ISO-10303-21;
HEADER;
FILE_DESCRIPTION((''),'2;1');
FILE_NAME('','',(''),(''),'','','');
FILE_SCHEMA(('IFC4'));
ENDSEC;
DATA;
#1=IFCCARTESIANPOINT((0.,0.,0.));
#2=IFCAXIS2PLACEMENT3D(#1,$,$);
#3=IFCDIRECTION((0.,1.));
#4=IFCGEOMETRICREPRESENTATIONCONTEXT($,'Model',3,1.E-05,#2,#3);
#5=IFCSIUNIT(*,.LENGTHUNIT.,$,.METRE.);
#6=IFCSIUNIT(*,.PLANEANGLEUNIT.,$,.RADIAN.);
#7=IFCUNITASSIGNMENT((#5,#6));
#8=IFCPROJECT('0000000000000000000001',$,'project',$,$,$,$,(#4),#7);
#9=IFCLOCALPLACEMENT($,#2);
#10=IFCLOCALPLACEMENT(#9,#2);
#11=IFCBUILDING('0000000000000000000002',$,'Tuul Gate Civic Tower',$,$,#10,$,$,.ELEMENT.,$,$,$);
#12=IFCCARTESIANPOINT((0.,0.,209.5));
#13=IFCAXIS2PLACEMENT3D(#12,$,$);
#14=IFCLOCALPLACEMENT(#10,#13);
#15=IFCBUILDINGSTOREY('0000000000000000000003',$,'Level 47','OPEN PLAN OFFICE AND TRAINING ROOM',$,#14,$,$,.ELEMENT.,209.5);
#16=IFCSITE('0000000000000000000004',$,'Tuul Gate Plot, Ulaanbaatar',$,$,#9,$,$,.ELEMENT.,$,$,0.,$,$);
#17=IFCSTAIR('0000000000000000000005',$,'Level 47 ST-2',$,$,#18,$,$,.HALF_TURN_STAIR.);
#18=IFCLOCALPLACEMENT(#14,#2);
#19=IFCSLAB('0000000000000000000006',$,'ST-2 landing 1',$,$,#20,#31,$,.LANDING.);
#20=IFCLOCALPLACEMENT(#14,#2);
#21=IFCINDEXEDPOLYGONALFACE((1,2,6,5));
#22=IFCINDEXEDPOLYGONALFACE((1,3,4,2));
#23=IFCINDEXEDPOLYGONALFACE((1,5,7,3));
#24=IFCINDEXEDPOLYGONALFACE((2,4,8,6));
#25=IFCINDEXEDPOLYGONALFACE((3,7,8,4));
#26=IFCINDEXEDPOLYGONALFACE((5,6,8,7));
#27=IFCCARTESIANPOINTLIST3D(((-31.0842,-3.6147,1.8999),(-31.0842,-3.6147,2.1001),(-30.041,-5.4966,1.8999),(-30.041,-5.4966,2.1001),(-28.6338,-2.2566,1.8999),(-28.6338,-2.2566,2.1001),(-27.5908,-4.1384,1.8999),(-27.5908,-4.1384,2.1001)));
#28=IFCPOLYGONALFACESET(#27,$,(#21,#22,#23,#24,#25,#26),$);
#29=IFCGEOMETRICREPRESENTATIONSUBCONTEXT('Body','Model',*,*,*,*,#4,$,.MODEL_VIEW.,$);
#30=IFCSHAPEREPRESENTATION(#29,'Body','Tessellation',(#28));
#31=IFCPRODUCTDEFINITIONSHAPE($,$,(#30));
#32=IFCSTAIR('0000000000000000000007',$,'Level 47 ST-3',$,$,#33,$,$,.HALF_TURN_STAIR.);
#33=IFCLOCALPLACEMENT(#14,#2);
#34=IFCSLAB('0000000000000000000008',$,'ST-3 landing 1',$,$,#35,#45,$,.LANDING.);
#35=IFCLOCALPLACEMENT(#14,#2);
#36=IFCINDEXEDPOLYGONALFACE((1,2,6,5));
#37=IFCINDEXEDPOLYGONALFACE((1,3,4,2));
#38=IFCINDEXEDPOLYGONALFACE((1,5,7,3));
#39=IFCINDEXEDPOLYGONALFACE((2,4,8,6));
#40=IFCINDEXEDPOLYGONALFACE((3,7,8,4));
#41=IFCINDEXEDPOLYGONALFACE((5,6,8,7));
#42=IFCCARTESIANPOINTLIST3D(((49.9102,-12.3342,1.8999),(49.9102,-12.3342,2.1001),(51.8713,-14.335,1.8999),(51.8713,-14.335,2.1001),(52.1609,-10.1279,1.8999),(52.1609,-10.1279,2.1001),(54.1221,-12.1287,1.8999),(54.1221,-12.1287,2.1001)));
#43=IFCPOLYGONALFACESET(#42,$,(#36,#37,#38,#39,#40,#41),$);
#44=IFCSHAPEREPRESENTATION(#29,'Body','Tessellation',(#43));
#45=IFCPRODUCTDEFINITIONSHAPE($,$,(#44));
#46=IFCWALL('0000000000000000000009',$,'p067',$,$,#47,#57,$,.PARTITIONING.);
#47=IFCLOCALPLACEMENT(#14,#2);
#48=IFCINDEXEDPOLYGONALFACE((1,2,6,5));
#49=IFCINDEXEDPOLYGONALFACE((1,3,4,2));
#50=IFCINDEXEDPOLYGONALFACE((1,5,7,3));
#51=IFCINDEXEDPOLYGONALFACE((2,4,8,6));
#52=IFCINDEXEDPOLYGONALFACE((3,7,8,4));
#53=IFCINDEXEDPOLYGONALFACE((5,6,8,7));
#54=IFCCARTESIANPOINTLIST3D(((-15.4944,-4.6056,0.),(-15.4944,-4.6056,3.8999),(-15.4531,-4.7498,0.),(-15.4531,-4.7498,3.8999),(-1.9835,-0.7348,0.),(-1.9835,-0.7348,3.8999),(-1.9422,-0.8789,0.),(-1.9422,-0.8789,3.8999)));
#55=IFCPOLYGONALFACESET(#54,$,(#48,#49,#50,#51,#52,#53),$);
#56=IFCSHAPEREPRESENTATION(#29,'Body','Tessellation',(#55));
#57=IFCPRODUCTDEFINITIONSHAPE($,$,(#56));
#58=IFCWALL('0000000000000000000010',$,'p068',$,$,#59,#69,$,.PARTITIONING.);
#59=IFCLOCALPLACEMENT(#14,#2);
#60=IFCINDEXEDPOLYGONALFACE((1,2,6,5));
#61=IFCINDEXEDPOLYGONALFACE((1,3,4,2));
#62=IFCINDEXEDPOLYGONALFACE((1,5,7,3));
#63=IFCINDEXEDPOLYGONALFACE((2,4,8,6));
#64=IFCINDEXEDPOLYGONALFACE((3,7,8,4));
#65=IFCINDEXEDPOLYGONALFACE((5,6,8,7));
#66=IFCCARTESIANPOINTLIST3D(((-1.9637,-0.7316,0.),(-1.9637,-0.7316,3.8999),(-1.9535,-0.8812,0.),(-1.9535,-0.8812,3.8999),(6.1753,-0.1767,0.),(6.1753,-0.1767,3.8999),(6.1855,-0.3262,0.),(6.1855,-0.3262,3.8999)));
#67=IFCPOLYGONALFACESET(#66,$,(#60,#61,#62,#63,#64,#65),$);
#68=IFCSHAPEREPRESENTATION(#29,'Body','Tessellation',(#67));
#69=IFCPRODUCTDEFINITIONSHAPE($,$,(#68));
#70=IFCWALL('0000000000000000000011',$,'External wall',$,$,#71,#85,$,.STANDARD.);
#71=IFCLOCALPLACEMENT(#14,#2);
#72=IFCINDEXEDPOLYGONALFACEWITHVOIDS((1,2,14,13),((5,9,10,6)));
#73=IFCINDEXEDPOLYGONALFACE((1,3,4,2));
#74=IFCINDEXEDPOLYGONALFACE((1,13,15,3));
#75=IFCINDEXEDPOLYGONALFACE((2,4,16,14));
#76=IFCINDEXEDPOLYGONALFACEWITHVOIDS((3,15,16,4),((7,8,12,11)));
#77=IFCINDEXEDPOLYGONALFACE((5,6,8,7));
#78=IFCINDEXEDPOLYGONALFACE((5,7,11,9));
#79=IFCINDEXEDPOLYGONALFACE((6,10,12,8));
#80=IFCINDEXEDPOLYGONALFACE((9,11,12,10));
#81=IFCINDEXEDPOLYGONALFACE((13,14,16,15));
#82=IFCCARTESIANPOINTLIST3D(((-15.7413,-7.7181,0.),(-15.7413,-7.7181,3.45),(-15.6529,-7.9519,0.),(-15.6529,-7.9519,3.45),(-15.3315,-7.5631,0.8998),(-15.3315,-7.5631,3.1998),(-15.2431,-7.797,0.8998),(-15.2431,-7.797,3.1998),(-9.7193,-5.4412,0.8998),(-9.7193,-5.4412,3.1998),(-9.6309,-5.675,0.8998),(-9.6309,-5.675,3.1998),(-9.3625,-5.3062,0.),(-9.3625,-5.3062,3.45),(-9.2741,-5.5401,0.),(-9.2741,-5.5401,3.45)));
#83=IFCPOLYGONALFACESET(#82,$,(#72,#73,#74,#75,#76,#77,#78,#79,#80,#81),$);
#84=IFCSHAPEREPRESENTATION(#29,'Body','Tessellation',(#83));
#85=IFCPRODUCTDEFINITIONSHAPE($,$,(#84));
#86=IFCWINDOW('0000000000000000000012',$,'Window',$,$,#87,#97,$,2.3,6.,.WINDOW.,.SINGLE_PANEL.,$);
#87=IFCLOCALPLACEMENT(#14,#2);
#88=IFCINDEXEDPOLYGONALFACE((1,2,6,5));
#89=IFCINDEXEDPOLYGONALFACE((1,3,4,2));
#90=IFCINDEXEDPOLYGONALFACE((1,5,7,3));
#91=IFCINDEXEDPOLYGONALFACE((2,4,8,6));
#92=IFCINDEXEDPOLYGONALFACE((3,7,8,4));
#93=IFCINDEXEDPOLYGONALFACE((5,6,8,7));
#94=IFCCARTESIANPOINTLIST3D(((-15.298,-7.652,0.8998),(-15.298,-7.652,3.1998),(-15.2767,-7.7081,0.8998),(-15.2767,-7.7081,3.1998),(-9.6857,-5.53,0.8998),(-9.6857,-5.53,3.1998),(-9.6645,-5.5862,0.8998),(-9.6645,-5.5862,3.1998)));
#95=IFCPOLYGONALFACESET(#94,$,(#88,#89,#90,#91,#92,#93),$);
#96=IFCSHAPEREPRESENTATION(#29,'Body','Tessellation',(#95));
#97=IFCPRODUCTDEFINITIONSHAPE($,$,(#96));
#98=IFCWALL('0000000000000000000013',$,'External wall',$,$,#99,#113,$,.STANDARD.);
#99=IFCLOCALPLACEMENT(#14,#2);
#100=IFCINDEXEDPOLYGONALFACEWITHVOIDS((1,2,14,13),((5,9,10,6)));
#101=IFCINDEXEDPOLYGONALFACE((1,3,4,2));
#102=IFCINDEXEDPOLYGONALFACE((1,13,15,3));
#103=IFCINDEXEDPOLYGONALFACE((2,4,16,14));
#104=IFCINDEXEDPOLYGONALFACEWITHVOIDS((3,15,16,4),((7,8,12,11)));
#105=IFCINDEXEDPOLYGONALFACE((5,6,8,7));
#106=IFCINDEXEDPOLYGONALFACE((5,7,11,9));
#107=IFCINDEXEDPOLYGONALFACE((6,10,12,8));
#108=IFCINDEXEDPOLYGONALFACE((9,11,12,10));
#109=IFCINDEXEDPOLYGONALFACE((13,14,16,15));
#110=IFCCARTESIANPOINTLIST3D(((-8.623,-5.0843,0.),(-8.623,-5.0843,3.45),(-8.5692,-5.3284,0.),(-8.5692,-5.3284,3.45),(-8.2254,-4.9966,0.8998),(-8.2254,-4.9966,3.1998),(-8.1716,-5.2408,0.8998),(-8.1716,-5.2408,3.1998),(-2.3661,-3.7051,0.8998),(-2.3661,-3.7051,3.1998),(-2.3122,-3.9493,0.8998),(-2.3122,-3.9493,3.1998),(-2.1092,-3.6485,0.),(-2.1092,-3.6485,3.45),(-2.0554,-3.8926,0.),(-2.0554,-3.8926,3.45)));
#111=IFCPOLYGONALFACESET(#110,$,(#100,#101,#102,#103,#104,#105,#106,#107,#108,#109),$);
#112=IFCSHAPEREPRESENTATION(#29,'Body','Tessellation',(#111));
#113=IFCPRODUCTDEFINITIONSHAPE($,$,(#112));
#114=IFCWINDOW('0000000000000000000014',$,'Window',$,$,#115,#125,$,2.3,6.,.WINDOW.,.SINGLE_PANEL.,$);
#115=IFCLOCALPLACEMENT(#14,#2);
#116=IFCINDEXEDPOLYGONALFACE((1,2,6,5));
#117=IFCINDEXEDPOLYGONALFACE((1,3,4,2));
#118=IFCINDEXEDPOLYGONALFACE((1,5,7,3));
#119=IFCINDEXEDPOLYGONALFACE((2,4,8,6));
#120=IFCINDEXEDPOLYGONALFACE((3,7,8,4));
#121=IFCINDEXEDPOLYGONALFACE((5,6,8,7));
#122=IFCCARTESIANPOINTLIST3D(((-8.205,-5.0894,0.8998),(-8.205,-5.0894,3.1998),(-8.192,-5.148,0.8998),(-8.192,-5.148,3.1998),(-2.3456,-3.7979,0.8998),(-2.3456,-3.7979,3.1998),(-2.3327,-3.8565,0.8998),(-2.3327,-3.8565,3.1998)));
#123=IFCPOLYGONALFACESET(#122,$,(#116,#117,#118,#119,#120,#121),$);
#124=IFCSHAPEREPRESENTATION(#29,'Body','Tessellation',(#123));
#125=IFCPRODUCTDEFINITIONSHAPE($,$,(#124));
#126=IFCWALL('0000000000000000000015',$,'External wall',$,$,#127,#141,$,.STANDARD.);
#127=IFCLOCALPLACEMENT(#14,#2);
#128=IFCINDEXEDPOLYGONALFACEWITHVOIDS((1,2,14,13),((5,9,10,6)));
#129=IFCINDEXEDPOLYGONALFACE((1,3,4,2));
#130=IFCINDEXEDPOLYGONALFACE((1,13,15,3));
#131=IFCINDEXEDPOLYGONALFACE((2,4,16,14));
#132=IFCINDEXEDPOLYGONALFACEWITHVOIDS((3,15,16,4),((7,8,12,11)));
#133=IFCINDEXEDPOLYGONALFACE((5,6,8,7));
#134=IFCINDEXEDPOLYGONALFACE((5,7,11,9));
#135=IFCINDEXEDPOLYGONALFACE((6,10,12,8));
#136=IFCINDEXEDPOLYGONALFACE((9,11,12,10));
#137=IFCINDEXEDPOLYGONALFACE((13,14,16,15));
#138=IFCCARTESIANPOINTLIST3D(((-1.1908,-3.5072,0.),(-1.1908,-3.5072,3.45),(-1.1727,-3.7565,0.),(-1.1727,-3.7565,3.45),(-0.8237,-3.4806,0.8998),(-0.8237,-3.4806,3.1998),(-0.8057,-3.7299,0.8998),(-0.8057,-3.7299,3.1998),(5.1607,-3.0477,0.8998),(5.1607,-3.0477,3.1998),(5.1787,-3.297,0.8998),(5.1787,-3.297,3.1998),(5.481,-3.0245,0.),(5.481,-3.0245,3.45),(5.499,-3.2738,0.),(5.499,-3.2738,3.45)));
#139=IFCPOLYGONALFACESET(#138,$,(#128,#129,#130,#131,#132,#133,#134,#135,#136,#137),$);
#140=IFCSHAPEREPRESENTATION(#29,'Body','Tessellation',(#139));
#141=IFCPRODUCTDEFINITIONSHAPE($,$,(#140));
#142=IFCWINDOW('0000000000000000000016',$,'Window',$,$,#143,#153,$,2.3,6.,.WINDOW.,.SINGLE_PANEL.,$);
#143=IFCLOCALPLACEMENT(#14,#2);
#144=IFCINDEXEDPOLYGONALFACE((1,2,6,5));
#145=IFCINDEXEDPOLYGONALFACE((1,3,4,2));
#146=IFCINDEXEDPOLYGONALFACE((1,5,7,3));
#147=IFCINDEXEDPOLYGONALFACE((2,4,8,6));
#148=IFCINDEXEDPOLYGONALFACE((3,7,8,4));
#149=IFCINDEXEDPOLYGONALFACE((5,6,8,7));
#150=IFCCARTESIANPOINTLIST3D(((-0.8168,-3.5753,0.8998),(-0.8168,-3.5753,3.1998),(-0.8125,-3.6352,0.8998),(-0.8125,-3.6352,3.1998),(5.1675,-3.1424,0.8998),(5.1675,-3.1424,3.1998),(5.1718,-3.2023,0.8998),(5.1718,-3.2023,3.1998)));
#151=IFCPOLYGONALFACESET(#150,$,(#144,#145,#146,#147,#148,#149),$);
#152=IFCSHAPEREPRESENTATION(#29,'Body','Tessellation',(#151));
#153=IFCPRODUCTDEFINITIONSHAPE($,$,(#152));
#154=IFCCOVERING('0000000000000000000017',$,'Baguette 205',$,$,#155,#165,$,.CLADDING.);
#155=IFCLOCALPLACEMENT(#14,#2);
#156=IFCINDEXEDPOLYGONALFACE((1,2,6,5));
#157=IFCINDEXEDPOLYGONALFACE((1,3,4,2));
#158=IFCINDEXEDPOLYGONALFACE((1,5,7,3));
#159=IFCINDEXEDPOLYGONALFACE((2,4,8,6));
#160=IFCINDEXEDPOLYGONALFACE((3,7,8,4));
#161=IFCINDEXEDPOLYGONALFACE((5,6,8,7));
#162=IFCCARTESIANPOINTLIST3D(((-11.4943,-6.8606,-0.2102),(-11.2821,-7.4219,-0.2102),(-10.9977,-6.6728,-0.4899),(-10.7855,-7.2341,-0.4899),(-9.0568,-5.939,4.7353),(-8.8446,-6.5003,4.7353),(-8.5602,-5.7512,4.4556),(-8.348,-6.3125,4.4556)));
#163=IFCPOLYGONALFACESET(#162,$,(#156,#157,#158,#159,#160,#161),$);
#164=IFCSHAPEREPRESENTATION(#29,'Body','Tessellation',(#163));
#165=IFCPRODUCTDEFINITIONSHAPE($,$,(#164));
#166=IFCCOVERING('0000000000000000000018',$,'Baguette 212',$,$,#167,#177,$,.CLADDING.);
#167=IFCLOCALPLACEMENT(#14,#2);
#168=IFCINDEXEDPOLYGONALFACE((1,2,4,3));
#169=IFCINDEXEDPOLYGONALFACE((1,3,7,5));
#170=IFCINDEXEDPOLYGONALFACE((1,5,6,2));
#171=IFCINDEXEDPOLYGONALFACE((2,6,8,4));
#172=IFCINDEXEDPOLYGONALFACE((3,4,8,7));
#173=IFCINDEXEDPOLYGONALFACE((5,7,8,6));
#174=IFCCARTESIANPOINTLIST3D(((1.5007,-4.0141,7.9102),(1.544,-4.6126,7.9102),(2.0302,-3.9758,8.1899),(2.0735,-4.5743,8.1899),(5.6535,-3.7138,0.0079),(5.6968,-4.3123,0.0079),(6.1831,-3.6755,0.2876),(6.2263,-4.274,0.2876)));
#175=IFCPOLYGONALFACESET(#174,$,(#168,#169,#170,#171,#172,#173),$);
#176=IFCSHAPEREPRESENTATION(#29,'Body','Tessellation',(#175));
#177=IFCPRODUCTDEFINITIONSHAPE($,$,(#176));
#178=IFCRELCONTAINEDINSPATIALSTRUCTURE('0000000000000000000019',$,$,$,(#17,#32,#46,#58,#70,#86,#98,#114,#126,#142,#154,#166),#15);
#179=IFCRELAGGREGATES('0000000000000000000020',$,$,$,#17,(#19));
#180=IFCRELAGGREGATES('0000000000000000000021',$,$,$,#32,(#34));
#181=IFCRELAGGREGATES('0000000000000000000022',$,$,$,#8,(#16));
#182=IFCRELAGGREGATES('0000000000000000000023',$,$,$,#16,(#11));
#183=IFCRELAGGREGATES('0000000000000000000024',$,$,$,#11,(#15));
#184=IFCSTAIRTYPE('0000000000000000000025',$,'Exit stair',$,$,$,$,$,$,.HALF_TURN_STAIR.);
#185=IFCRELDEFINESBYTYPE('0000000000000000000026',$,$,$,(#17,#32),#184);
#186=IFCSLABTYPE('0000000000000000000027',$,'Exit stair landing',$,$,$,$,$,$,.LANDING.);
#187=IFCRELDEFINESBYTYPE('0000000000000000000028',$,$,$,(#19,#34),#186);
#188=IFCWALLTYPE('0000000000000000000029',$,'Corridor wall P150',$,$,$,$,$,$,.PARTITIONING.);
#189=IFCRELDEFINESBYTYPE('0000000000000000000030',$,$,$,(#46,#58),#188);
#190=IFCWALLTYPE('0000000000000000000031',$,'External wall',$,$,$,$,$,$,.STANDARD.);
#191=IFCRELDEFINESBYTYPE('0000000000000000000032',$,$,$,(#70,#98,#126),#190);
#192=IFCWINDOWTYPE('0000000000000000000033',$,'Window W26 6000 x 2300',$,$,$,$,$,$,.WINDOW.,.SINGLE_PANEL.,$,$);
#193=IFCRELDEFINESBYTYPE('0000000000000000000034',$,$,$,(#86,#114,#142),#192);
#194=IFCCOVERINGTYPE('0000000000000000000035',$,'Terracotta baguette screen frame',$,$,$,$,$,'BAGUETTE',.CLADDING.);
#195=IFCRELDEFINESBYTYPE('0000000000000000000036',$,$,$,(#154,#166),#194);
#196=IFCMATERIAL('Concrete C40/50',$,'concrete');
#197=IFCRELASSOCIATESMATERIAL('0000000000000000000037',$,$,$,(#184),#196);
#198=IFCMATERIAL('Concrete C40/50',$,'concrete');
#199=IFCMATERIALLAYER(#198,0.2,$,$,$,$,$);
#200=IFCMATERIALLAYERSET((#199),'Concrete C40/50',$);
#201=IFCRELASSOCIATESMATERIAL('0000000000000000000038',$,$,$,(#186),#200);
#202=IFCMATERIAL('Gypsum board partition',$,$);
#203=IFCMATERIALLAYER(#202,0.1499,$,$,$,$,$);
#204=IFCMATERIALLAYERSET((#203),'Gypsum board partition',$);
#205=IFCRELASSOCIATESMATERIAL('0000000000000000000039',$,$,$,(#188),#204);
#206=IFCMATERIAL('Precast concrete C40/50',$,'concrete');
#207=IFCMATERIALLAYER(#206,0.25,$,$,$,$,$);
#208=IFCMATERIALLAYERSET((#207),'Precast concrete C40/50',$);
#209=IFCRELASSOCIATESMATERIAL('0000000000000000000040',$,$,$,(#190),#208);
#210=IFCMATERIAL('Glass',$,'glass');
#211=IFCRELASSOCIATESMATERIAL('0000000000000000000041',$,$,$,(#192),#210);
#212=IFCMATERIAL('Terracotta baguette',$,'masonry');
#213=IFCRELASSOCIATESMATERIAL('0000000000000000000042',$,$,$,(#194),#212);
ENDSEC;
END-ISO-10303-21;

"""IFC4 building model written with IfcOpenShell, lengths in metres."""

from ifc_helpers import new_model, si_unit, direction, frame, frame_2d, origin, origin_2d, place, context, subcontext, project, spatial, polyline, rectangle, outline, extrude, material, layer, layer_set, material_profile, profile_set, type_object, element, fill, aggregate, save


model = new_model("IFC4")

# Units and contexts
model_context = context("Model", 3, precision=1e-05, world=origin(), true_north=direction((0.0, 1.0)))
body_context = subcontext(model_context, "Body", "Model", "MODEL_VIEW")
ifc_project = project(units=[si_unit("LENGTHUNIT", "METRE"), si_unit("PLANEANGLEUNIT", "RADIAN")], contexts=[model_context])

# Site, building, storey
site_placement = place(None, origin())
site = spatial("IfcSite", under=ifc_project, at=site_placement, Name="Tuul Gate Plot, Ulaanbaatar", CompositionType="ELEMENT", RefElevation=0.0)
building_placement = place(site_placement, origin())
building = spatial("IfcBuilding", under=site, at=building_placement, Name="Tuul Gate Civic Tower", CompositionType="ELEMENT")
storey_placement = place(building_placement, frame((0.0, 0.0, 209.5)))
storey = spatial("IfcBuildingStorey", under=building, at=storey_placement, Name="Level 47", Description="OPEN PLAN OFFICE AND TRAINING ROOM", CompositionType="ELEMENT", Elevation=209.5)

# Stairs, slabs
ifc_material_1 = material(Name="Concrete C40/50", Category="concrete")
stair_type = type_object("IfcStairType", Name="Exit stair", PredefinedType="HALF_TURN_STAIR", material=ifc_material_1)
ifc_material_2 = material(Name="Concrete C40/50", Category="concrete")
ifc_layer_1 = layer(ifc_material_2, 0.2)
ifc_layer_set_1 = layer_set([ifc_layer_1], Name="Concrete C40/50")
slab_type = type_object("IfcSlabType", Name="Exit stair landing", PredefinedType="LANDING", material=ifc_layer_set_1)
stair_1_placement = place(storey_placement, origin())
stair_1 = element("IfcStair", 1, at=stair_1_placement, inside=storey, type_object=stair_type, Name="Level 47 ST-2", PredefinedType="HALF_TURN_STAIR")
slab_1_placement = place(storey_placement, frame((0.0, 0.0, 1.8999)))
slab_1 = element("IfcSlab", 2, at=slab_1_placement, type_object=slab_type, Name="ST-2 landing 1", PredefinedType="LANDING", context=body_context, shape_type="SweptSolid", body=[
    extrude(outline(polyline([(-27.5908, -4.1384), (-30.041, -5.4966), (-31.0842, -3.6147), (-28.6338, -2.2566), (-27.5908, -4.1384)])), origin(), (0.0, 0.0, 1.0), 0.2002),
])
aggregate(stair_1, [slab_1])
stair_2_placement = place(storey_placement, origin())
stair_2 = element("IfcStair", 3, at=stair_2_placement, inside=storey, type_object=stair_type, Name="Level 47 ST-3", PredefinedType="HALF_TURN_STAIR")
slab_2_placement = place(storey_placement, frame((0.0, 0.0, 1.8999)))
slab_2 = element("IfcSlab", 4, at=slab_2_placement, type_object=slab_type, Name="ST-3 landing 1", PredefinedType="LANDING", context=body_context, shape_type="SweptSolid", body=[
    extrude(outline(polyline([(51.8713, -14.335), (49.9102, -12.3342), (52.1609, -10.1279), (54.1221, -12.1287), (51.8713, -14.335)])), origin(), (0.0, 0.0, 1.0), 0.2002),
])
aggregate(stair_2, [slab_2])

# Walls
ifc_material_3 = material(Name="Gypsum board partition")
ifc_layer_2 = layer(ifc_material_3, 0.1499)
ifc_layer_set_2 = layer_set([ifc_layer_2], Name="Gypsum board partition")
wall_type_1 = type_object("IfcWallType", Name="Corridor wall P150", PredefinedType="PARTITIONING", material=ifc_layer_set_2)
wall_1_placement = place(storey_placement, frame((-15.4739, -4.6777, 0.0), z_axis=(0.0, 0.0, 1.0), x_axis=(0.961325, 0.275416, 0.0)))
element("IfcWall", 5, at=wall_1_placement, inside=storey, type_object=wall_type_1, Name="p067", PredefinedType="PARTITIONING", context=body_context, shape_type="SweptSolid", body=[
    extrude(rectangle(XDim=14.0544, YDim=0.1499, at=frame_2d((7.0273, 0.0))), origin(), (0.0, 0.0, 1.0), 3.8999),
])
wall_2_placement = place(storey_placement, frame((-1.9587, -0.8064, 0.0), z_axis=(0.0, 0.0, 1.0), x_axis=(0.997684, 0.068023, 0.0)))
element("IfcWall", 6, at=wall_2_placement, inside=storey, type_object=wall_type_1, Name="p068", PredefinedType="PARTITIONING", context=body_context, shape_type="SweptSolid", body=[
    extrude(rectangle(XDim=8.158, YDim=0.1499, at=frame_2d((4.0791, 0.0))), origin(), (0.0, 0.0, 1.0), 3.8999),
])

# Walls, openings, windows
ifc_material_4 = material(Name="Precast concrete C40/50", Category="concrete")
ifc_layer_3 = layer(ifc_material_4, 0.25)
ifc_layer_set_3 = layer_set([ifc_layer_3], Name="Precast concrete C40/50")
wall_type_2 = type_object("IfcWallType", Name="External wall", PredefinedType="STANDARD", material=ifc_layer_set_3)
wall_3_placement = place(storey_placement, frame((-15.697, -7.835, 0.0), z_axis=(0.0, 0.0, 1.0), x_axis=(0.935372, 0.353664, 0.0)))
wall_3 = element("IfcWall", 7, at=wall_3_placement, inside=storey, type_object=wall_type_2, Name="External wall", PredefinedType="STANDARD", context=body_context, shape_type="SweptSolid", body=[
    extrude(rectangle(XDim=6.8196, YDim=0.25, at=frame_2d((3.4097, 0.0))), origin(), (0.0, 0.0, 1.0), 3.45),
])
opening_1_placement = place(wall_3_placement, frame((0.438, 0.0, 0.8999)))
opening_1 = element("IfcOpeningElement", 8, at=opening_1_placement, cuts=wall_3, PredefinedType="OPENING", context=body_context, shape_type="SweptSolid", body=[
    extrude(rectangle(XDim=6.0, YDim=2.3, at=frame_2d((3.0, 1.1499))), frame((0.0, 0.135, 0.0), z_axis=(0.0, -1.0, 0.0), x_axis=(1.0, 0.0, 0.0)), (0.0, 0.0, 1.0), 0.27),
])
ifc_material_5 = material(Name="Glass", Category="glass")
window_type = type_object("IfcWindowType", Name="Window W26 6000 x 2300", PartitioningType="SINGLE_PANEL", PredefinedType="WINDOW", material=ifc_material_5)
window_1_placement = place(opening_1_placement, origin())
window_1 = element("IfcWindow", 9, at=window_1_placement, inside=storey, type_object=window_type, Name="Window", OverallHeight=2.3, OverallWidth=6.0, PartitioningType="SINGLE_PANEL", PredefinedType="WINDOW", context=body_context, shape_type="SweptSolid", body=[
    extrude(rectangle(XDim=6.0, YDim=2.3, at=frame_2d((3.0, 1.1499))), frame((0.0, 0.03, 0.0), z_axis=(0.0, -1.0, 0.0), x_axis=(1.0, 0.0, 0.0)), (0.0, 0.0, 1.0), 0.0601),
])
fill(opening_1, window_1)
wall_4_placement = place(storey_placement, frame((-8.5959, -5.2063, 0.0), z_axis=(0.0, 0.0, 1.0), x_axis=(0.976559, 0.215252, 0.0)))
wall_4 = element("IfcWall", 10, at=wall_4_placement, inside=storey, type_object=wall_type_2, Name="External wall", PredefinedType="STANDARD", context=body_context, shape_type="SweptSolid", body=[
    extrude(rectangle(XDim=6.6702, YDim=0.25, at=frame_2d((3.335, 0.0))), origin(), (0.0, 0.0, 1.0), 3.45),
])
opening_2_placement = place(wall_4_placement, frame((0.407, 0.0, 0.8999)))
opening_2 = element("IfcOpeningElement", 11, at=opening_2_placement, cuts=wall_4, PredefinedType="OPENING", context=body_context, shape_type="SweptSolid", body=[
    extrude(rectangle(XDim=6.0, YDim=2.3, at=frame_2d((3.0, 1.1499))), frame((0.0, 0.135, 0.0), z_axis=(0.0, -1.0, 0.0), x_axis=(1.0, 0.0, 0.0)), (0.0, 0.0, 1.0), 0.27),
])
window_2_placement = place(opening_2_placement, origin())
window_2 = element("IfcWindow", 12, at=window_2_placement, inside=storey, type_object=window_type, Name="Window", OverallHeight=2.3, OverallWidth=6.0, PartitioningType="SINGLE_PANEL", PredefinedType="WINDOW", context=body_context, shape_type="SweptSolid", body=[
    extrude(rectangle(XDim=6.0, YDim=2.3, at=frame_2d((3.0, 1.1499))), frame((0.0, 0.03, 0.0), z_axis=(0.0, -1.0, 0.0), x_axis=(1.0, 0.0, 0.0)), (0.0, 0.0, 1.0), 0.0601),
])
fill(opening_2, window_2)
wall_5_placement = place(storey_placement, frame((-1.1819, -3.6318, 0.0), z_axis=(0.0, 0.0, 1.0), x_axis=(0.997393, 0.072155, 0.0)))
wall_5 = element("IfcWall", 13, at=wall_5_placement, inside=storey, type_object=wall_type_2, Name="External wall", PredefinedType="STANDARD", context=body_context, shape_type="SweptSolid", body=[
    extrude(rectangle(XDim=6.6892, YDim=0.25, at=frame_2d((3.3447, 0.0))), origin(), (0.0, 0.0, 1.0), 3.45),
])
opening_3_placement = place(wall_5_placement, frame((0.3682, 0.0, 0.8999)))
opening_3 = element("IfcOpeningElement", 14, at=opening_3_placement, cuts=wall_5, PredefinedType="OPENING", context=body_context, shape_type="SweptSolid", body=[
    extrude(rectangle(XDim=6.0, YDim=2.3, at=frame_2d((3.0, 1.1499))), frame((0.0, 0.135, 0.0), z_axis=(0.0, -1.0, 0.0), x_axis=(1.0, 0.0, 0.0)), (0.0, 0.0, 1.0), 0.27),
])
window_3_placement = place(opening_3_placement, origin())
window_3 = element("IfcWindow", 15, at=window_3_placement, inside=storey, type_object=window_type, Name="Window", OverallHeight=2.3, OverallWidth=6.0, PartitioningType="SINGLE_PANEL", PredefinedType="WINDOW", context=body_context, shape_type="SweptSolid", body=[
    extrude(rectangle(XDim=6.0, YDim=2.3, at=frame_2d((3.0, 1.1499))), frame((0.0, 0.03, 0.0), z_axis=(0.0, -1.0, 0.0), x_axis=(1.0, 0.0, 0.0)), (0.0, 0.0, 1.0), 0.0601),
])
fill(opening_3, window_3)

# Coverings
ifc_material_6 = material(Name="Terracotta baguette", Category="masonry")
ifc_material_profile_1 = material_profile(ifc_material_6, rectangle(XDim=0.6001, YDim=0.6001, at=origin_2d()), Name="Terracotta baguette screen frame")
ifc_profile_set_1 = profile_set([ifc_material_profile_1], Name="Terracotta baguette")
covering_type = type_object("IfcCoveringType", Name="Terracotta baguette screen frame", ElementType="BAGUETTE", PredefinedType="CLADDING", material=ifc_profile_set_1)
covering_1_placement = place(storey_placement, frame((-8.7024, -6.1257, 4.5955), z_axis=(-0.436038, -0.164868, -0.884697), x_axis=(0.353668, -0.935371, 0.0)))
element("IfcCovering", 16, at=covering_1_placement, inside=storey, type_object=covering_type, Name="Baguette 205", PredefinedType="CLADDING", context=body_context, shape_type="SweptSolid", body=[
    extrude(rectangle(XDim=0.6001, YDim=0.6001, at=origin_2d()), origin(), (0.0, 0.0, 1.0), 5.5901),
])
covering_2_placement = place(storey_placement, frame((1.7871, -4.2942, 8.05), z_axis=(0.464931, 0.033619, -0.884708), x_axis=(-0.072122, 0.997396, 0.0)))
element("IfcCovering", 17, at=covering_2_placement, inside=storey, type_object=covering_type, Name="Baguette 212", PredefinedType="CLADDING", context=body_context, shape_type="SweptSolid", body=[
    extrude(rectangle(XDim=0.6001, YDim=0.6001, at=origin_2d()), origin(), (0.0, 0.0, 1.0), 8.9321),
])

save(model, "model.ifc")
